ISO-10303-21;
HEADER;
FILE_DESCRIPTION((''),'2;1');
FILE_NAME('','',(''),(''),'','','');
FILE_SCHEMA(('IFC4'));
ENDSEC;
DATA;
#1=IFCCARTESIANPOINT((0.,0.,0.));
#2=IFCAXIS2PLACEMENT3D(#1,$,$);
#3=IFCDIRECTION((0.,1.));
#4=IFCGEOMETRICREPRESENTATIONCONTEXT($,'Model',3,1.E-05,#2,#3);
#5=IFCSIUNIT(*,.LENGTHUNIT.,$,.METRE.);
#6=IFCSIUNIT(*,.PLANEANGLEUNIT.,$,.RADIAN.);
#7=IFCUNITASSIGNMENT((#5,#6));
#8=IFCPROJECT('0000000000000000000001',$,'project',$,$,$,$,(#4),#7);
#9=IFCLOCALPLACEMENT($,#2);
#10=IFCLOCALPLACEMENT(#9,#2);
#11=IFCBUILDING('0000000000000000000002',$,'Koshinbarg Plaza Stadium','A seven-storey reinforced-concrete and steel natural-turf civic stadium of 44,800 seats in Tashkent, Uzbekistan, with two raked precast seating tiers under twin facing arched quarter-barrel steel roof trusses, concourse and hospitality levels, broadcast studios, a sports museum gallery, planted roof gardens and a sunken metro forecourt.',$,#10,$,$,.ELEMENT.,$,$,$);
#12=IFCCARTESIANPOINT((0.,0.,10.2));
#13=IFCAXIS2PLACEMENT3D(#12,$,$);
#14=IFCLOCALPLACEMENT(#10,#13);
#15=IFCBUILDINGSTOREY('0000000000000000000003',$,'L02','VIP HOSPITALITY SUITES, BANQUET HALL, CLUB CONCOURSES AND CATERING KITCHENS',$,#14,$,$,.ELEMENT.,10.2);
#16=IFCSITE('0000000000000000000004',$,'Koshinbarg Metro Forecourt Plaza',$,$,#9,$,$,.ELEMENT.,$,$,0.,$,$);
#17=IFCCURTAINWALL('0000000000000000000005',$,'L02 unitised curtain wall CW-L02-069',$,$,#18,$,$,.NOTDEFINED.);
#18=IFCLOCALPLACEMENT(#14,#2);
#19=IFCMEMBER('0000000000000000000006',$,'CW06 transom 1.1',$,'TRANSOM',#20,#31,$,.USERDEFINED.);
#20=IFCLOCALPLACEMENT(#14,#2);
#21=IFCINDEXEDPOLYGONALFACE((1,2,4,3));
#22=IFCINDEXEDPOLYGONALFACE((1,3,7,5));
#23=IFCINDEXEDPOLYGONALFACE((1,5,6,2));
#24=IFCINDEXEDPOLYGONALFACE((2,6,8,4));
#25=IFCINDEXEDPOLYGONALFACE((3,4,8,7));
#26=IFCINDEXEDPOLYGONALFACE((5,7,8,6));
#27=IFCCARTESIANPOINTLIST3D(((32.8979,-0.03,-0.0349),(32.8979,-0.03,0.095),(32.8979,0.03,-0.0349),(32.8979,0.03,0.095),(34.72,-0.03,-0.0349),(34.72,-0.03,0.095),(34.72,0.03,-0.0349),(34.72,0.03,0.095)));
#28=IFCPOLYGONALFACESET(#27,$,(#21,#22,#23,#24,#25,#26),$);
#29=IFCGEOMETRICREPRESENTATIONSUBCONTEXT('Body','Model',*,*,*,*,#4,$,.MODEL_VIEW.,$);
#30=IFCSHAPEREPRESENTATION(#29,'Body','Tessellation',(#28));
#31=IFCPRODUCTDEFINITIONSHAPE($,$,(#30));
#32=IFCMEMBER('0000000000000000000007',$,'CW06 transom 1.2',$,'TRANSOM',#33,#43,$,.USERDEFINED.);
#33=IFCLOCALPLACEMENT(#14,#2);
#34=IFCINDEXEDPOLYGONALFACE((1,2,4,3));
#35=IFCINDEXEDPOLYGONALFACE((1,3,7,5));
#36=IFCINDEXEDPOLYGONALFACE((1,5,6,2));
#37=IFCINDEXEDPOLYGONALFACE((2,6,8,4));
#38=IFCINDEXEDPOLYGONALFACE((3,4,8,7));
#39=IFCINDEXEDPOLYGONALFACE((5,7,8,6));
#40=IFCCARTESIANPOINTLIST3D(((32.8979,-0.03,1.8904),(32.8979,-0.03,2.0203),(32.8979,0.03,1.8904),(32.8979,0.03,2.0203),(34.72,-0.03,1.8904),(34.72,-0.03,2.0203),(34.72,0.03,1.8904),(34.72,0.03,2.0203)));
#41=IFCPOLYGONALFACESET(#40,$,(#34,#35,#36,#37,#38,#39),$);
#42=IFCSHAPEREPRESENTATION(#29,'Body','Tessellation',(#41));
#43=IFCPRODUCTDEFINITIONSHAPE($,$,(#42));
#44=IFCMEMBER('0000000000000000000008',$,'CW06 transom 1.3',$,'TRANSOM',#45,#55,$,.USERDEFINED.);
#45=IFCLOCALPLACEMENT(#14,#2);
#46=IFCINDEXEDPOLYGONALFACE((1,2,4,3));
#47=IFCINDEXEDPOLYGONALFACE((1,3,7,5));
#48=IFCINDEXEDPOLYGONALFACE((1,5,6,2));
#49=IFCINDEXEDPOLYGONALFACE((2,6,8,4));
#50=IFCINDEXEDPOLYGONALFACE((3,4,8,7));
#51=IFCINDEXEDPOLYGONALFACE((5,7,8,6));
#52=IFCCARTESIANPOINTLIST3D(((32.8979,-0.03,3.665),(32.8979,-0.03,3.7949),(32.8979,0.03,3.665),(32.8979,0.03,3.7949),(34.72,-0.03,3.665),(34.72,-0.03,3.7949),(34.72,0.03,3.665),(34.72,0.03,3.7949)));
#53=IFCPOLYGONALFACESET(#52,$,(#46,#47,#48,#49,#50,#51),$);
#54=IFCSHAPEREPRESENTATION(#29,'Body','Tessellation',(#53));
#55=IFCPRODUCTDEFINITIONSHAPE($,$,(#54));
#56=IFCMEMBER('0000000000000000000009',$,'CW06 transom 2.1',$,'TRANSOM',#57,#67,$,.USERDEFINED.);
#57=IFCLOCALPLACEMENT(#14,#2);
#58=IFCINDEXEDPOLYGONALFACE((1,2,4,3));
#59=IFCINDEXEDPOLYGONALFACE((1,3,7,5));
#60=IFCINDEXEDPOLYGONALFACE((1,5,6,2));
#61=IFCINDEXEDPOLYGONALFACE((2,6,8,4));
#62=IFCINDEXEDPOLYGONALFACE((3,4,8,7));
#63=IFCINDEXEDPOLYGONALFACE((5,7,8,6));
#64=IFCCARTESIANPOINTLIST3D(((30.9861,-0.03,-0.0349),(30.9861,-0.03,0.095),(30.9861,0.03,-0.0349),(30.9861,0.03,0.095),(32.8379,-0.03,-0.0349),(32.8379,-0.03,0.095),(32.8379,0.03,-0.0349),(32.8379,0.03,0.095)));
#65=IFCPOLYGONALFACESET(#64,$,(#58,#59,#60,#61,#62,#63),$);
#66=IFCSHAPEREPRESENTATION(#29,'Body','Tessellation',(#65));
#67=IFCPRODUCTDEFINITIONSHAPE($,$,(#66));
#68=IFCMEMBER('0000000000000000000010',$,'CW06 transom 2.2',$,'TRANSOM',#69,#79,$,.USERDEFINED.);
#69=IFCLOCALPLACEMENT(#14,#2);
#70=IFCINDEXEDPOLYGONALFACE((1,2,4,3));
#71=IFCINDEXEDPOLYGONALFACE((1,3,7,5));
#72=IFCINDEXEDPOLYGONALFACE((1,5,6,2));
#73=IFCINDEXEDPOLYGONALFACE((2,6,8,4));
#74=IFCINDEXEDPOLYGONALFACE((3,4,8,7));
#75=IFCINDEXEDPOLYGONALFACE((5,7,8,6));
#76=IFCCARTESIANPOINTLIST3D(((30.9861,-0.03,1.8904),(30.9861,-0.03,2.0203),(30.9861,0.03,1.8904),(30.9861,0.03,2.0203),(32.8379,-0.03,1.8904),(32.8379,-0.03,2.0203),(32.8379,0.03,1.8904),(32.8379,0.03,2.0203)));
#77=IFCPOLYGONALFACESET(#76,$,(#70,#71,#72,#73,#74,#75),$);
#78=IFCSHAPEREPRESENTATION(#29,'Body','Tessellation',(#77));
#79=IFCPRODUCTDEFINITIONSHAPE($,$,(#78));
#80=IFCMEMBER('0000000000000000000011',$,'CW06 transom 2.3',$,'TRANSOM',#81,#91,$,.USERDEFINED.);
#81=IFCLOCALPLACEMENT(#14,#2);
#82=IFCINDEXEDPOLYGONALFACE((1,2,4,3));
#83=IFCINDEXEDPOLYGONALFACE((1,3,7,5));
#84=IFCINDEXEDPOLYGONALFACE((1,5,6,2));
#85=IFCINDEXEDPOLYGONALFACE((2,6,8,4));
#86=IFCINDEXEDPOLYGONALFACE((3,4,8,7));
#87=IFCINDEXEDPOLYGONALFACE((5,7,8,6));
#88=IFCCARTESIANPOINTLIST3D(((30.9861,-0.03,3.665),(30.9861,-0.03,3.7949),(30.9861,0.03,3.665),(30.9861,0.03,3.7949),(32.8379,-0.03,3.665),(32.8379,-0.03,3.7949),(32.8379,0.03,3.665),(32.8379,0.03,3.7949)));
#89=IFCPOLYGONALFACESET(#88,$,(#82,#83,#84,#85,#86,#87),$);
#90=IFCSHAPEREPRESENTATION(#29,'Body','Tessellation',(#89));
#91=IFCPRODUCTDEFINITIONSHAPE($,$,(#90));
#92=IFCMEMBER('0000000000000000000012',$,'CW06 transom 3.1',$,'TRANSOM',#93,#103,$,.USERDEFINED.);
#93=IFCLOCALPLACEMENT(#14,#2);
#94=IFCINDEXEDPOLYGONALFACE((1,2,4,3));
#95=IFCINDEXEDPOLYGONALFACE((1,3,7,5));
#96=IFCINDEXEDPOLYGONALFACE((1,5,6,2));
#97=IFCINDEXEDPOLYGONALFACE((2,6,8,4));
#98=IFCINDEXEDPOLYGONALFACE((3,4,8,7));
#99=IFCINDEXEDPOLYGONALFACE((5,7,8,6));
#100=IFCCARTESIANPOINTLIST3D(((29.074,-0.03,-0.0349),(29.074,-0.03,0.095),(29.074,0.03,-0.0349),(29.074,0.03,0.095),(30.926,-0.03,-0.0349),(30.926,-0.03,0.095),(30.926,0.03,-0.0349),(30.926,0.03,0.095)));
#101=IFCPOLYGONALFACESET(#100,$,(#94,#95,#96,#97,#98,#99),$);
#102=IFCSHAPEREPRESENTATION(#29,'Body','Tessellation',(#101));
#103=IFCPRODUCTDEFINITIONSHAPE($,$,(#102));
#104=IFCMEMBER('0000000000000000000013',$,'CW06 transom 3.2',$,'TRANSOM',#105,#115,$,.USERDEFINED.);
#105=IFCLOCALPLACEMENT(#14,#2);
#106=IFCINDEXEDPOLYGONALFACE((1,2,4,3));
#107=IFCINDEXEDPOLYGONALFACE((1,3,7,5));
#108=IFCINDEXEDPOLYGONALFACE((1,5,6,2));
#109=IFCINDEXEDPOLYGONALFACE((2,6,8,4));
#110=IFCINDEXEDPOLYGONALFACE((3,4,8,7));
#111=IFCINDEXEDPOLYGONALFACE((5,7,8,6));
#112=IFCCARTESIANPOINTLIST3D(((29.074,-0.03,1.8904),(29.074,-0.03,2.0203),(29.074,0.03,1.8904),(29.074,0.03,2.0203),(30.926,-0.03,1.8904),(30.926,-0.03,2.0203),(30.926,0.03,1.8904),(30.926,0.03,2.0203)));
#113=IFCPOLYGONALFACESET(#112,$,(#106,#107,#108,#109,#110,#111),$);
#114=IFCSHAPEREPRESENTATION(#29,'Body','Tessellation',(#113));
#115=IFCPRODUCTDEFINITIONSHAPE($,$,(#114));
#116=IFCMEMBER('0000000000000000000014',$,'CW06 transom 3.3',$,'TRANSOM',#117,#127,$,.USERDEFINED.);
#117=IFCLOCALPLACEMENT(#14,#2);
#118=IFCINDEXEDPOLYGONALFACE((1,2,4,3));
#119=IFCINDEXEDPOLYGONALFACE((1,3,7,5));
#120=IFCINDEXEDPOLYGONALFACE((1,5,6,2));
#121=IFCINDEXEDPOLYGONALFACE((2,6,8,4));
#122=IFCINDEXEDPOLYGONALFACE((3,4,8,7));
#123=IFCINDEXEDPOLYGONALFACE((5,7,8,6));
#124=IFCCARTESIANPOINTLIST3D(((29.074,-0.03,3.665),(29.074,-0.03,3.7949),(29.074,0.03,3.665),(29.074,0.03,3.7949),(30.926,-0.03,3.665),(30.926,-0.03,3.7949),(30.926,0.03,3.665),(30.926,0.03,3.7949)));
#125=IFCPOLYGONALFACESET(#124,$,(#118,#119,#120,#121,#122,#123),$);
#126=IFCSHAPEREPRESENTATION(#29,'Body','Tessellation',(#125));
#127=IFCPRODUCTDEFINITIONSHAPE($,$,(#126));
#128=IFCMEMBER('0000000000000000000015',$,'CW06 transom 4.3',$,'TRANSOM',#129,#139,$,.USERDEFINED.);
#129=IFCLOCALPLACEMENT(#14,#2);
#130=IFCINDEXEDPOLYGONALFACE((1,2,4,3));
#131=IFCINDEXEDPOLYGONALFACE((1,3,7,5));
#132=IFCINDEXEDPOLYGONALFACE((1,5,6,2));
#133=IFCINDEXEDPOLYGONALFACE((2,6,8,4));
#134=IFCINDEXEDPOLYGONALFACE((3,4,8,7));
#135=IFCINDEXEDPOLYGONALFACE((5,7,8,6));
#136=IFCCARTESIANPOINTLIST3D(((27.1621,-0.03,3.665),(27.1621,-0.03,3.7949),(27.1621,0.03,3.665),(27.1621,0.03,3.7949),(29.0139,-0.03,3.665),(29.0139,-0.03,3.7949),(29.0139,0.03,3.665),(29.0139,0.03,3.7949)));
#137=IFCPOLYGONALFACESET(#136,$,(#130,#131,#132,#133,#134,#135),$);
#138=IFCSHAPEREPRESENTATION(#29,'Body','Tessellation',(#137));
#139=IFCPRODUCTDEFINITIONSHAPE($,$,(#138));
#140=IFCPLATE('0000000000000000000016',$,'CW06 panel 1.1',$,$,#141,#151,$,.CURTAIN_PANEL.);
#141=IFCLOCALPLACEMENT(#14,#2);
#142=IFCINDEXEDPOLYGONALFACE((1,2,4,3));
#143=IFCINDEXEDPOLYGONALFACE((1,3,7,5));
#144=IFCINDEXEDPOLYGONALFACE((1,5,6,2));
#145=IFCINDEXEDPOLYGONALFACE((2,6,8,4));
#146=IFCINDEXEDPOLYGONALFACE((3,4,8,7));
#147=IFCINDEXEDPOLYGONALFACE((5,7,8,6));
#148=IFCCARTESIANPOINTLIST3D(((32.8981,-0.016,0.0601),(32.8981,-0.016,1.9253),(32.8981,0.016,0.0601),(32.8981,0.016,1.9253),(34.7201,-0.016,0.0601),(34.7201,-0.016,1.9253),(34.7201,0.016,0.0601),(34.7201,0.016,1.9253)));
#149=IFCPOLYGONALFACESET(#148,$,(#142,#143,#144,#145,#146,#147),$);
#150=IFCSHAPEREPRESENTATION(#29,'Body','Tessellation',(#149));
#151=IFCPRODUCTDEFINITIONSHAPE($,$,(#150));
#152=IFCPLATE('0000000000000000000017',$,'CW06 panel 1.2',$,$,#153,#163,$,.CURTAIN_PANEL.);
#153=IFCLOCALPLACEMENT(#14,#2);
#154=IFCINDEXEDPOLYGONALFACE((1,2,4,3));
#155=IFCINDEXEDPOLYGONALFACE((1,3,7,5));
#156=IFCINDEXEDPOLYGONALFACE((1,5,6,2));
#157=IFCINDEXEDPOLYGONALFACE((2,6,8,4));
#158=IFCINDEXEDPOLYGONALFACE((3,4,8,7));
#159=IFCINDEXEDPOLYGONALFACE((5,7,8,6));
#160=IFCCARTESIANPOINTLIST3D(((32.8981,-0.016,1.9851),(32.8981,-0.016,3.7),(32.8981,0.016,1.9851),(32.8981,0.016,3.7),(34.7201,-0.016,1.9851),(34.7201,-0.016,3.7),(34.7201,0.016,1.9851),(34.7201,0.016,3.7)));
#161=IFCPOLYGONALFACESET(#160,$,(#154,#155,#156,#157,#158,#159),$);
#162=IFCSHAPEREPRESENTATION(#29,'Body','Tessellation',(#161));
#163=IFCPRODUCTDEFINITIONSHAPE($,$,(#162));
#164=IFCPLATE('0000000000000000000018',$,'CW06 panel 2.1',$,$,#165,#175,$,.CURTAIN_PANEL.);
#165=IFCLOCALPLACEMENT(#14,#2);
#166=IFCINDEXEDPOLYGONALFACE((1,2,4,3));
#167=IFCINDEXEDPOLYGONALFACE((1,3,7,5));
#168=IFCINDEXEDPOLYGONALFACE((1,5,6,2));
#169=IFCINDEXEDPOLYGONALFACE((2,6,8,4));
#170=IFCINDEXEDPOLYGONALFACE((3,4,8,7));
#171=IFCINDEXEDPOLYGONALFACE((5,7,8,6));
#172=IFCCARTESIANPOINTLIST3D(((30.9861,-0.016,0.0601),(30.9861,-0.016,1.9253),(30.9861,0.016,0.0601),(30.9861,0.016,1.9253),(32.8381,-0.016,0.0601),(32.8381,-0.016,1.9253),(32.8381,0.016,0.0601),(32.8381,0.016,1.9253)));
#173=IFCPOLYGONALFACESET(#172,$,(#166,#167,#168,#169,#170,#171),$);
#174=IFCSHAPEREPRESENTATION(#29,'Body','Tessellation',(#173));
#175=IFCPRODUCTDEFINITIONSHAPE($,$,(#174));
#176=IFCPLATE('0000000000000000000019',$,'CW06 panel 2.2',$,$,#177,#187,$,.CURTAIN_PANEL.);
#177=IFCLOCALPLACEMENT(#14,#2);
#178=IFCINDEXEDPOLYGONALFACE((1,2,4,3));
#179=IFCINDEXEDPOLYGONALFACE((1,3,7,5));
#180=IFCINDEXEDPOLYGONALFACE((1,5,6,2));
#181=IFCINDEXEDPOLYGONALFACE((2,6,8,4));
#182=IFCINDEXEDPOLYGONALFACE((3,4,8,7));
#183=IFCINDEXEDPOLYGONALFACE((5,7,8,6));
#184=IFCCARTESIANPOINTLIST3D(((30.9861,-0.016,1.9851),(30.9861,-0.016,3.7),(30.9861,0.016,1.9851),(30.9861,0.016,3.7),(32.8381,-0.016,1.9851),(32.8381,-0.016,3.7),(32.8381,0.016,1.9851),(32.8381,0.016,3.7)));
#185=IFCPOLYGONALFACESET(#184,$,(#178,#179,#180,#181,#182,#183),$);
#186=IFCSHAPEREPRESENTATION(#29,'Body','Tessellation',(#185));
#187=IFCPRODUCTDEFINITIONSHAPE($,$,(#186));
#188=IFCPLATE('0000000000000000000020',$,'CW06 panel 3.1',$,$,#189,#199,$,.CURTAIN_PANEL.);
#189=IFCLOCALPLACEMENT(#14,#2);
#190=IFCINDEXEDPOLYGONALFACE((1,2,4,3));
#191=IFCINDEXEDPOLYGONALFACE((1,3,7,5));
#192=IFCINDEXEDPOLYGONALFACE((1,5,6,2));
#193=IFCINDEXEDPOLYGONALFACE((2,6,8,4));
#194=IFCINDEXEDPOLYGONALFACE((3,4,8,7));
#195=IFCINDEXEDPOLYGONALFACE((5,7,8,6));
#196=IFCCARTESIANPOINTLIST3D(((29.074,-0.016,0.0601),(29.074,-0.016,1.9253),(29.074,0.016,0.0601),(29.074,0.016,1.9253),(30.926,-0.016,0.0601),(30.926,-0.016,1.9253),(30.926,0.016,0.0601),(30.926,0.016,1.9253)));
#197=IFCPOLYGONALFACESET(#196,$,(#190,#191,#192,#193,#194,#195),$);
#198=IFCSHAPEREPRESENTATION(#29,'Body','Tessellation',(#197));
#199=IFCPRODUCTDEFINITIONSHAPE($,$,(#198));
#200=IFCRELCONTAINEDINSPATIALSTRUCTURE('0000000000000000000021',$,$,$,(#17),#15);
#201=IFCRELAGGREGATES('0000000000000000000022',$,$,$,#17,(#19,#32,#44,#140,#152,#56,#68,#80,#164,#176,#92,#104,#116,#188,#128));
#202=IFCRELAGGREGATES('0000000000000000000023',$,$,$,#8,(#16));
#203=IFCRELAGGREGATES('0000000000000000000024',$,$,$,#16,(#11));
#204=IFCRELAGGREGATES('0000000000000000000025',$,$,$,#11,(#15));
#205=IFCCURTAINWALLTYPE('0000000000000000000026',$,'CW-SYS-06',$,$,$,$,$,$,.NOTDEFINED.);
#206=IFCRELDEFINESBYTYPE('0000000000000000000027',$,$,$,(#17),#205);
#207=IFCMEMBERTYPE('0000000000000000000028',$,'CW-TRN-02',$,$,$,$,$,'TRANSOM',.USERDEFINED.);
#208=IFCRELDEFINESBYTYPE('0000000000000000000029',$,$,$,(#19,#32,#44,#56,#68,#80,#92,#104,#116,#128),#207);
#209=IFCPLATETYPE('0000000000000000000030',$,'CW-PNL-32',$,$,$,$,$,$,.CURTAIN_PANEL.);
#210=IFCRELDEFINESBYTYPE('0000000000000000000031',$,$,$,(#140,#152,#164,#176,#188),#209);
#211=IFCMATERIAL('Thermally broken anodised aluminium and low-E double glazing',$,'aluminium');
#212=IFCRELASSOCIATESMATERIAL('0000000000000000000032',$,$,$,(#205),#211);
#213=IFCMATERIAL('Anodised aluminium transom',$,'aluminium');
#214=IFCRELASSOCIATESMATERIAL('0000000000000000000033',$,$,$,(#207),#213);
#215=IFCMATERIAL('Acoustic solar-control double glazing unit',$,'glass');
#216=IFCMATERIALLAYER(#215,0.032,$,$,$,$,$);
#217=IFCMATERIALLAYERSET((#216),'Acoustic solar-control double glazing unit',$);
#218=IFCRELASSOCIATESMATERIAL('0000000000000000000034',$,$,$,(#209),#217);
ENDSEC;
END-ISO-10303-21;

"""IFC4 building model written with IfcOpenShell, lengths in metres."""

from ifc_helpers import new_model, si_unit, direction, frame, origin, origin_2d, place, context, subcontext, project, spatial, rectangle, extrude, material, layer, layer_set, material_profile, profile_set, type_object, element, aggregate, save


model = new_model("IFC4")

# Units and contexts
model_context = context("Model", 3, precision=1e-05, world=origin(), true_north=direction((0.0, 1.0)))
body_context = subcontext(model_context, "Body", "Model", "MODEL_VIEW")
ifc_project = project(units=[si_unit("LENGTHUNIT", "METRE"), si_unit("PLANEANGLEUNIT", "RADIAN")], contexts=[model_context])

# Site, building, storey
site_placement = place(None, origin())
site = spatial("IfcSite", under=ifc_project, at=site_placement, Name="Koshinbarg Metro Forecourt Plaza", CompositionType="ELEMENT", RefElevation=0.0)
building_placement = place(site_placement, origin())
building = spatial("IfcBuilding", under=site, at=building_placement, Name="Koshinbarg Plaza Stadium", Description="A seven-storey reinforced-concrete and steel natural-turf civic stadium of 44,800 seats in Tashkent, Uzbekistan, with two raked precast seating tiers under twin facing arched quarter-barrel steel roof trusses, concourse and hospitality levels, broadcast studios, a sports museum gallery, planted roof gardens and a sunken metro forecourt.", CompositionType="ELEMENT")
storey_placement = place(building_placement, frame((0.0, 0.0, 10.2)))
storey = spatial("IfcBuildingStorey", under=building, at=storey_placement, Name="L02", Description="VIP HOSPITALITY SUITES, BANQUET HALL, CLUB CONCOURSES AND CATERING KITCHENS", CompositionType="ELEMENT", Elevation=10.2)

# Shared definitions
ifc_material_1 = material(Name="Thermally broken anodised aluminium and low-E double glazing", Category="aluminium")

# Curtain wall, members, plates
curtain_wall_type_1 = type_object("IfcCurtainWallType", Name="CW-SYS-06", PredefinedType="NOTDEFINED", material=ifc_material_1)
curtain_wall_1_placement = place(storey_placement, origin())
curtain_wall_1 = element("IfcCurtainWall", 1, at=curtain_wall_1_placement, inside=storey, type_object=curtain_wall_type_1, Name="L02 unitised curtain wall CW-L02-069", PredefinedType="NOTDEFINED")
ifc_material_2 = material(Name="Anodised aluminium transom", Category="aluminium")
ifc_material_profile_1 = material_profile(ifc_material_2, rectangle(XDim=0.0601, YDim=0.1299, at=origin_2d()), Name="ALU 60x130")
ifc_profile_set_1 = profile_set([ifc_material_profile_1], Name="Anodised aluminium transom")
member_type_1 = type_object("IfcMemberType", Name="CW-TRN-02", ElementType="TRANSOM", PredefinedType="USERDEFINED", material=ifc_profile_set_1)
member_1_placement = place(storey_placement, frame((34.72, 0.0, 0.03), z_axis=(-1.0, 0.0, 0.0), x_axis=(0.0, -1.0, 0.0)))
member_1 = element("IfcMember", 2, at=member_1_placement, type_object=member_type_1, Name="CW06 transom 1.1", ObjectType="TRANSOM", PredefinedType="USERDEFINED", context=body_context, shape_type="SweptSolid", body=[
    extrude(rectangle(XDim=0.0601, YDim=0.1299, at=origin_2d()), origin(), (0.0, 0.0, 1.0), 1.822),
])
member_2_placement = place(storey_placement, frame((34.72, 0.0, 1.9553), z_axis=(-1.0, 0.0, 0.0), x_axis=(0.0, -1.0, 0.0)))
member_2 = element("IfcMember", 3, at=member_2_placement, type_object=member_type_1, Name="CW06 transom 1.2", ObjectType="TRANSOM", PredefinedType="USERDEFINED", context=body_context, shape_type="SweptSolid", body=[
    extrude(rectangle(XDim=0.0601, YDim=0.1299, at=origin_2d()), origin(), (0.0, 0.0, 1.0), 1.822),
])
member_3_placement = place(storey_placement, frame((34.72, 0.0, 3.73), z_axis=(-1.0, 0.0, 0.0), x_axis=(0.0, -1.0, 0.0)))
member_3 = element("IfcMember", 4, at=member_3_placement, type_object=member_type_1, Name="CW06 transom 1.3", ObjectType="TRANSOM", PredefinedType="USERDEFINED", context=body_context, shape_type="SweptSolid", body=[
    extrude(rectangle(XDim=0.0601, YDim=0.1299, at=origin_2d()), origin(), (0.0, 0.0, 1.0), 1.822),
])
member_4_placement = place(storey_placement, frame((32.8379, 0.0, 0.03), z_axis=(-1.0, 0.0, 0.0), x_axis=(0.0, -1.0, 0.0)))
member_4 = element("IfcMember", 5, at=member_4_placement, type_object=member_type_1, Name="CW06 transom 2.1", ObjectType="TRANSOM", PredefinedType="USERDEFINED", context=body_context, shape_type="SweptSolid", body=[
    extrude(rectangle(XDim=0.0601, YDim=0.1299, at=origin_2d()), origin(), (0.0, 0.0, 1.0), 1.8518),
])
member_5_placement = place(storey_placement, frame((32.8379, 0.0, 1.9553), z_axis=(-1.0, 0.0, 0.0), x_axis=(0.0, -1.0, 0.0)))
member_5 = element("IfcMember", 6, at=member_5_placement, type_object=member_type_1, Name="CW06 transom 2.2", ObjectType="TRANSOM", PredefinedType="USERDEFINED", context=body_context, shape_type="SweptSolid", body=[
    extrude(rectangle(XDim=0.0601, YDim=0.1299, at=origin_2d()), origin(), (0.0, 0.0, 1.0), 1.8518),
])
member_6_placement = place(storey_placement, frame((32.8379, 0.0, 3.73), z_axis=(-1.0, 0.0, 0.0), x_axis=(0.0, -1.0, 0.0)))
member_6 = element("IfcMember", 7, at=member_6_placement, type_object=member_type_1, Name="CW06 transom 2.3", ObjectType="TRANSOM", PredefinedType="USERDEFINED", context=body_context, shape_type="SweptSolid", body=[
    extrude(rectangle(XDim=0.0601, YDim=0.1299, at=origin_2d()), origin(), (0.0, 0.0, 1.0), 1.8518),
])
member_7_placement = place(storey_placement, frame((30.926, 0.0, 0.03), z_axis=(-1.0, 0.0, 0.0), x_axis=(0.0, -1.0, 0.0)))
member_7 = element("IfcMember", 8, at=member_7_placement, type_object=member_type_1, Name="CW06 transom 3.1", ObjectType="TRANSOM", PredefinedType="USERDEFINED", context=body_context, shape_type="SweptSolid", body=[
    extrude(rectangle(XDim=0.0601, YDim=0.1299, at=origin_2d()), origin(), (0.0, 0.0, 1.0), 1.8521),
])
member_8_placement = place(storey_placement, frame((30.926, 0.0, 1.9553), z_axis=(-1.0, 0.0, 0.0), x_axis=(0.0, -1.0, 0.0)))
member_8 = element("IfcMember", 9, at=member_8_placement, type_object=member_type_1, Name="CW06 transom 3.2", ObjectType="TRANSOM", PredefinedType="USERDEFINED", context=body_context, shape_type="SweptSolid", body=[
    extrude(rectangle(XDim=0.0601, YDim=0.1299, at=origin_2d()), origin(), (0.0, 0.0, 1.0), 1.8521),
])
member_9_placement = place(storey_placement, frame((30.926, 0.0, 3.73), z_axis=(-1.0, 0.0, 0.0), x_axis=(0.0, -1.0, 0.0)))
member_9 = element("IfcMember", 10, at=member_9_placement, type_object=member_type_1, Name="CW06 transom 3.3", ObjectType="TRANSOM", PredefinedType="USERDEFINED", context=body_context, shape_type="SweptSolid", body=[
    extrude(rectangle(XDim=0.0601, YDim=0.1299, at=origin_2d()), origin(), (0.0, 0.0, 1.0), 1.8521),
])
member_10_placement = place(storey_placement, frame((29.0139, 0.0, 3.73), z_axis=(-1.0, 0.0, 0.0), x_axis=(0.0, -1.0, 0.0)))
member_10 = element("IfcMember", 11, at=member_10_placement, type_object=member_type_1, Name="CW06 transom 4.3", ObjectType="TRANSOM", PredefinedType="USERDEFINED", context=body_context, shape_type="SweptSolid", body=[
    extrude(rectangle(XDim=0.0601, YDim=0.1299, at=origin_2d()), origin(), (0.0, 0.0, 1.0), 1.8518),
])
ifc_material_3 = material(Name="Acoustic solar-control double glazing unit", Category="glass")
ifc_layer_1 = layer(ifc_material_3, 0.032)
ifc_layer_set_1 = layer_set([ifc_layer_1], Name="Acoustic solar-control double glazing unit")
plate_type = type_object("IfcPlateType", Name="CW-PNL-32", PredefinedType="CURTAIN_PANEL", material=ifc_layer_set_1)
plate_1_placement = place(storey_placement, frame((33.8091, 0.0, 0.0601), z_axis=(0.0, 0.0, 1.0), x_axis=(-1.0, 0.0, 0.0)))
plate_1 = element("IfcPlate", 12, at=plate_1_placement, type_object=plate_type, Name="CW06 panel 1.1", PredefinedType="CURTAIN_PANEL", context=body_context, shape_type="SweptSolid", body=[
    extrude(rectangle(XDim=1.822, YDim=0.032, at=origin_2d()), origin(), (0.0, 0.0, 1.0), 1.8652),
])
plate_2_placement = place(storey_placement, frame((33.8091, 0.0, 1.9851), z_axis=(0.0, 0.0, 1.0), x_axis=(-1.0, 0.0, 0.0)))
plate_2 = element("IfcPlate", 13, at=plate_2_placement, type_object=plate_type, Name="CW06 panel 1.2", PredefinedType="CURTAIN_PANEL", context=body_context, shape_type="SweptSolid", body=[
    extrude(rectangle(XDim=1.822, YDim=0.032, at=origin_2d()), origin(), (0.0, 0.0, 1.0), 1.7148),
])
plate_3_placement = place(storey_placement, frame((31.9121, 0.0, 0.0601), z_axis=(0.0, 0.0, 1.0), x_axis=(-1.0, 0.0, 0.0)))
plate_3 = element("IfcPlate", 14, at=plate_3_placement, type_object=plate_type, Name="CW06 panel 2.1", PredefinedType="CURTAIN_PANEL", context=body_context, shape_type="SweptSolid", body=[
    extrude(rectangle(XDim=1.8521, YDim=0.032, at=origin_2d()), origin(), (0.0, 0.0, 1.0), 1.8652),
])
plate_4_placement = place(storey_placement, frame((31.9121, 0.0, 1.9851), z_axis=(0.0, 0.0, 1.0), x_axis=(-1.0, 0.0, 0.0)))
plate_4 = element("IfcPlate", 15, at=plate_4_placement, type_object=plate_type, Name="CW06 panel 2.2", PredefinedType="CURTAIN_PANEL", context=body_context, shape_type="SweptSolid", body=[
    extrude(rectangle(XDim=1.8521, YDim=0.032, at=origin_2d()), origin(), (0.0, 0.0, 1.0), 1.7148),
])
plate_5_placement = place(storey_placement, frame((30.0, 0.0, 0.0601), z_axis=(0.0, 0.0, 1.0), x_axis=(-1.0, 0.0, 0.0)))
plate_5 = element("IfcPlate", 16, at=plate_5_placement, type_object=plate_type, Name="CW06 panel 3.1", PredefinedType="CURTAIN_PANEL", context=body_context, shape_type="SweptSolid", body=[
    extrude(rectangle(XDim=1.8521, YDim=0.032, at=origin_2d()), origin(), (0.0, 0.0, 1.0), 1.8652),
])
aggregate(curtain_wall_1, [member_1, member_2, member_3, plate_1, plate_2, member_4, member_5, member_6, plate_3, plate_4, member_7, member_8, member_9, plate_5, member_10])

save(model, "model.ifc")
